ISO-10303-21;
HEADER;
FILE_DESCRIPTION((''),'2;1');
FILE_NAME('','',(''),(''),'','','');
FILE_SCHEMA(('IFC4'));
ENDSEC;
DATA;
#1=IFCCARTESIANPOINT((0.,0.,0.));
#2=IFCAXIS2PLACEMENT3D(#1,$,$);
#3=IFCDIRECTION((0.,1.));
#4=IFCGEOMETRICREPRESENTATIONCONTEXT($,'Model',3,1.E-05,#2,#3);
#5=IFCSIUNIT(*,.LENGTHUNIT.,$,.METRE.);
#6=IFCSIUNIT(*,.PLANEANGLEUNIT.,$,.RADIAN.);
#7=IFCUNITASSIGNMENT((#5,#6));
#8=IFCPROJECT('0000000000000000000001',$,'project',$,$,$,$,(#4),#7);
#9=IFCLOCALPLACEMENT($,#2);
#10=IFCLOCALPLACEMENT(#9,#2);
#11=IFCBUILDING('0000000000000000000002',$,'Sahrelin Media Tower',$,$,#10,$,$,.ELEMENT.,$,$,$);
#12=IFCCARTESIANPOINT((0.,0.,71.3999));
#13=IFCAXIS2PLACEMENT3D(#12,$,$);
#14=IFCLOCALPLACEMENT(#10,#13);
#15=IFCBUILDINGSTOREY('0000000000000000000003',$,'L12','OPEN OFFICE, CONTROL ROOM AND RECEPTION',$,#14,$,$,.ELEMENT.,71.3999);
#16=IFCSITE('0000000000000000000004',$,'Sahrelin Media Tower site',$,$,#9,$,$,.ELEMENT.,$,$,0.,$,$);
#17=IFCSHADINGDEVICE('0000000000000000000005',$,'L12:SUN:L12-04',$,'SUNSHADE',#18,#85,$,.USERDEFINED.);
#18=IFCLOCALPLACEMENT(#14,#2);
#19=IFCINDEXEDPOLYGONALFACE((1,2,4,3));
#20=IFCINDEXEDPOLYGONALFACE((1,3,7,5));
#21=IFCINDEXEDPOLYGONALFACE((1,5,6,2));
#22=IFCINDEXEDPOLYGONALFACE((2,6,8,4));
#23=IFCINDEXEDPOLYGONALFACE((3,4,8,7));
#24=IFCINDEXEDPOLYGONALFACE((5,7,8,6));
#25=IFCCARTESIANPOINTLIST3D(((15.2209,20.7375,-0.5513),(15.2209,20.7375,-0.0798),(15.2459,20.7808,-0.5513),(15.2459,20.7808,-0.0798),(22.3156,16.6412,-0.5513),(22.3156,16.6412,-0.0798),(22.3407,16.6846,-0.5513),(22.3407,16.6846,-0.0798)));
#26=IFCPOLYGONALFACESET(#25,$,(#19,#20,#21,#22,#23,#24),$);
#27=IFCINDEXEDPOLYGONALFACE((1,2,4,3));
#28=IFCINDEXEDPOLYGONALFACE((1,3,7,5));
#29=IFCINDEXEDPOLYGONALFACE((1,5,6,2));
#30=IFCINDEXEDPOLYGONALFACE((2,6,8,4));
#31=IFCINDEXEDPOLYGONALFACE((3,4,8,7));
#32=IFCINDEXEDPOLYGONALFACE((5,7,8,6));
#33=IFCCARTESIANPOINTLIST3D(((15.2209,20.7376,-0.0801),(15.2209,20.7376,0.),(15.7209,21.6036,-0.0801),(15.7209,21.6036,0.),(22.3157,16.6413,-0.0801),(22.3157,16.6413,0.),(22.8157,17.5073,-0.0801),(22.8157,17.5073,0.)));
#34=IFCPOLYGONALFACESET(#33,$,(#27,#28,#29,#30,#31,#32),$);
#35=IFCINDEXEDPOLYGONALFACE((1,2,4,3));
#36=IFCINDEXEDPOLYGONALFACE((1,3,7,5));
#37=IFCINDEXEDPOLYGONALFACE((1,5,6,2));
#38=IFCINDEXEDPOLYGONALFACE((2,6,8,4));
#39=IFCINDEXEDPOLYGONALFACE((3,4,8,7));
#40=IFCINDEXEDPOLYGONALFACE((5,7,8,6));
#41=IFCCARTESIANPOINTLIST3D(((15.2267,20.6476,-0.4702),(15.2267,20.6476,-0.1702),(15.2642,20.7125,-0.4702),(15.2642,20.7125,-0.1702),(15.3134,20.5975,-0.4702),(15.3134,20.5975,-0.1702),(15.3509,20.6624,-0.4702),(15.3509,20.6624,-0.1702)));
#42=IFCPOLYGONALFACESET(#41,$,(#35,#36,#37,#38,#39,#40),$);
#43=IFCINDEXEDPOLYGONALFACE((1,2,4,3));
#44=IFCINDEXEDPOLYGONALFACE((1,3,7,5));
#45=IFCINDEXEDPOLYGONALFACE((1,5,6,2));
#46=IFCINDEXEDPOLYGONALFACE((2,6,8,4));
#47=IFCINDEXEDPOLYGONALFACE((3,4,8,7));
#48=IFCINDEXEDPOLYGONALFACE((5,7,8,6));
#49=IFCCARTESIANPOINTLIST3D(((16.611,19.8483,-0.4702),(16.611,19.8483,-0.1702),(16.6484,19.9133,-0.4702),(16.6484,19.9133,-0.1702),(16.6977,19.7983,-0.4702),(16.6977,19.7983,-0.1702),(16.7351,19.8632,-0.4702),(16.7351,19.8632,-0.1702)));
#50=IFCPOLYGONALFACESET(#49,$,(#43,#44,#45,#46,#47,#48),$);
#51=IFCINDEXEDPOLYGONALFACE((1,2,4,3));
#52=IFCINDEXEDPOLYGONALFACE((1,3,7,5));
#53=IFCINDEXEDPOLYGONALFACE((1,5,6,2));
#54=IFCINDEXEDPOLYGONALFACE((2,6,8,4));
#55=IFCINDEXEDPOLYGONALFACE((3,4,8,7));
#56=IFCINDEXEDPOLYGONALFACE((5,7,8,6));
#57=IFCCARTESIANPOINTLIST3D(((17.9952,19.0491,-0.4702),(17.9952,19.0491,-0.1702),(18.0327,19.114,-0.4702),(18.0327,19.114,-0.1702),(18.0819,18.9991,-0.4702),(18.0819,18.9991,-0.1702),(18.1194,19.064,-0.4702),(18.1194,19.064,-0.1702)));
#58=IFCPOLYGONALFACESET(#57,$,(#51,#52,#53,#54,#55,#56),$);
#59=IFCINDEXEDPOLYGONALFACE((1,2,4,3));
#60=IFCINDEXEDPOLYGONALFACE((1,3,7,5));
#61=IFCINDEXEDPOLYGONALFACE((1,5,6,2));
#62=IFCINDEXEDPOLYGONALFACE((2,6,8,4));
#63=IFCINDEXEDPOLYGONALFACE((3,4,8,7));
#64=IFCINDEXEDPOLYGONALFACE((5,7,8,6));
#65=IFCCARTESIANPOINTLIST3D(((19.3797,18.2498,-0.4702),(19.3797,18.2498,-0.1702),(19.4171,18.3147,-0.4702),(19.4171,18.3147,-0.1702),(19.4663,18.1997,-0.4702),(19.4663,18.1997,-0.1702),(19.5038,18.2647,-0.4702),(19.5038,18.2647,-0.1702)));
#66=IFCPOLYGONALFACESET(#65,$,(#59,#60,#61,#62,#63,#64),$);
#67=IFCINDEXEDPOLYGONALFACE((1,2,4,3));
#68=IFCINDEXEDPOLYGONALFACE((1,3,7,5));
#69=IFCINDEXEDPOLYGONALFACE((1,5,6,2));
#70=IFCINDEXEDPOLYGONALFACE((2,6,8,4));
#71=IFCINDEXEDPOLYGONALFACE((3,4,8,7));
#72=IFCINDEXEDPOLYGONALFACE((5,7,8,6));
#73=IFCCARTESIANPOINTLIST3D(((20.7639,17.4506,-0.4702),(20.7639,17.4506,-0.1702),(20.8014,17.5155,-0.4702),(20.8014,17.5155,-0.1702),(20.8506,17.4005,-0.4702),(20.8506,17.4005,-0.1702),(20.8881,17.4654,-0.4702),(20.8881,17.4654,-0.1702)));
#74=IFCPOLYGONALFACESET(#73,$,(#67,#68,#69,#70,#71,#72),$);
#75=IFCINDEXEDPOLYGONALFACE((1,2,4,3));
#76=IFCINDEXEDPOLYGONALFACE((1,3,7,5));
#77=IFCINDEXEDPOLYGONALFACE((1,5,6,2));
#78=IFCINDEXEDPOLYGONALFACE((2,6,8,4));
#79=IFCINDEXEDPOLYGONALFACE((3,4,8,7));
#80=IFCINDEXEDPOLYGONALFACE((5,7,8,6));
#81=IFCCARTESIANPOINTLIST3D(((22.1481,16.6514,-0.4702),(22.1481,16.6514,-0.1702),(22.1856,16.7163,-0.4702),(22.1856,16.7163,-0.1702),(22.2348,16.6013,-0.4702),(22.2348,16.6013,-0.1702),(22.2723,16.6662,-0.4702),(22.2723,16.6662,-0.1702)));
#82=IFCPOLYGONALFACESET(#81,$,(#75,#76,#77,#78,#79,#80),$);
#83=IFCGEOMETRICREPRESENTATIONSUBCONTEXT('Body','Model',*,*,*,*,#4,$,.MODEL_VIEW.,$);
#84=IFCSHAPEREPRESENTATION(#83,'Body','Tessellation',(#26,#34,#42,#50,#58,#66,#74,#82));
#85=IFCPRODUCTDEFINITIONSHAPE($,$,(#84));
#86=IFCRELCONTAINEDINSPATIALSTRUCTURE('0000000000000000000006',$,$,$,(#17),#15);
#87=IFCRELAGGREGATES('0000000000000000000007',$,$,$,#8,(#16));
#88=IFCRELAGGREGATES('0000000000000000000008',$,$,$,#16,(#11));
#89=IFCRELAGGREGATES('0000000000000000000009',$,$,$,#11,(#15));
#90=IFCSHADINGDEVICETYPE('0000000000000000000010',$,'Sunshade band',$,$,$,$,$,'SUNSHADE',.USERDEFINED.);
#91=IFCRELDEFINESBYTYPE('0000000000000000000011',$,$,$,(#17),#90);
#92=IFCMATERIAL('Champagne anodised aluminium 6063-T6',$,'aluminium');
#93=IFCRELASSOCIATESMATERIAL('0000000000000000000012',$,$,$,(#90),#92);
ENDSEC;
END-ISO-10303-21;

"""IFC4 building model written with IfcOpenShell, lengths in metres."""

from ifc_helpers import new_model, si_unit, direction, frame, origin, origin_2d, place, context, subcontext, project, spatial, rectangle, extrude, material, type_object, element, save


model = new_model("IFC4")

# Units and contexts
model_context = context("Model", 3, precision=1e-05, world=origin(), true_north=direction((0.0, 1.0)))
body_context = subcontext(model_context, "Body", "Model", "MODEL_VIEW")
ifc_project = project(units=[si_unit("LENGTHUNIT", "METRE"), si_unit("PLANEANGLEUNIT", "RADIAN")], contexts=[model_context])

# Site, building, storey
site_placement = place(None, origin())
site = spatial("IfcSite", under=ifc_project, at=site_placement, Name="Sahrelin Media Tower site", CompositionType="ELEMENT", RefElevation=0.0)
building_placement = place(site_placement, origin())
building = spatial("IfcBuilding", under=site, at=building_placement, Name="Sahrelin Media Tower", CompositionType="ELEMENT")
storey_placement = place(building_placement, frame((0.0, 0.0, 71.3999)))
storey = spatial("IfcBuildingStorey", under=building, at=storey_placement, Name="L12", Description="OPEN OFFICE, CONTROL ROOM AND RECEPTION", CompositionType="ELEMENT", Elevation=71.3999)

# Shared definitions
ifc_material_1 = material(Name="Champagne anodised aluminium 6063-T6", Category="aluminium")

# Shared definitions
placement = place(storey_placement, frame((18.7583, 18.6721, 0.0), z_axis=(0.0, 0.0, 1.0), x_axis=(0.866019, -0.500011, 0.0)))

# Shading device
shading_device_type_1 = type_object("IfcShadingDeviceType", Name="Sunshade band", ElementType="SUNSHADE", PredefinedType="USERDEFINED", material=ifc_material_1)
element("IfcShadingDevice", 1, at=placement, inside=storey, type_object=shading_device_type_1, Name="L12:SUN:L12-04", ObjectType="SUNSHADE", PredefinedType="USERDEFINED", context=body_context, shape_type="SweptSolid", body=[
    extrude(rectangle(XDim=8.1924, YDim=0.05, at=origin_2d()), frame((0.0, 0.0449, -0.5513)), (0.0, 0.0, 1.0), 0.4714),
    extrude(rectangle(XDim=8.1924, YDim=1.0, at=origin_2d()), frame((0.0, 0.52, -0.0801)), (0.0, 0.0, 1.0), 0.0801),
    extrude(rectangle(XDim=0.1001, YDim=0.075, at=origin_2d()), frame((-3.9961, -0.0176, -0.4702)), (0.0, 0.0, 1.0), 0.3),
    extrude(rectangle(XDim=0.1001, YDim=0.075, at=origin_2d()), frame((-2.3977, -0.0176, -0.4702)), (0.0, 0.0, 1.0), 0.3),
    extrude(rectangle(XDim=0.1001, YDim=0.075, at=origin_2d()), frame((-0.7993, -0.0176, -0.4702)), (0.0, 0.0, 1.0), 0.3),
    extrude(rectangle(XDim=0.1001, YDim=0.075, at=origin_2d()), frame((0.7993, -0.0176, -0.4702)), (0.0, 0.0, 1.0), 0.3),
    extrude(rectangle(XDim=0.1001, YDim=0.075, at=origin_2d()), frame((2.3977, -0.0176, -0.4702)), (0.0, 0.0, 1.0), 0.3),
    extrude(rectangle(XDim=0.1001, YDim=0.075, at=origin_2d()), frame((3.9961, -0.0176, -0.4702)), (0.0, 0.0, 1.0), 0.3),
])

save(model, "model.ifc")
